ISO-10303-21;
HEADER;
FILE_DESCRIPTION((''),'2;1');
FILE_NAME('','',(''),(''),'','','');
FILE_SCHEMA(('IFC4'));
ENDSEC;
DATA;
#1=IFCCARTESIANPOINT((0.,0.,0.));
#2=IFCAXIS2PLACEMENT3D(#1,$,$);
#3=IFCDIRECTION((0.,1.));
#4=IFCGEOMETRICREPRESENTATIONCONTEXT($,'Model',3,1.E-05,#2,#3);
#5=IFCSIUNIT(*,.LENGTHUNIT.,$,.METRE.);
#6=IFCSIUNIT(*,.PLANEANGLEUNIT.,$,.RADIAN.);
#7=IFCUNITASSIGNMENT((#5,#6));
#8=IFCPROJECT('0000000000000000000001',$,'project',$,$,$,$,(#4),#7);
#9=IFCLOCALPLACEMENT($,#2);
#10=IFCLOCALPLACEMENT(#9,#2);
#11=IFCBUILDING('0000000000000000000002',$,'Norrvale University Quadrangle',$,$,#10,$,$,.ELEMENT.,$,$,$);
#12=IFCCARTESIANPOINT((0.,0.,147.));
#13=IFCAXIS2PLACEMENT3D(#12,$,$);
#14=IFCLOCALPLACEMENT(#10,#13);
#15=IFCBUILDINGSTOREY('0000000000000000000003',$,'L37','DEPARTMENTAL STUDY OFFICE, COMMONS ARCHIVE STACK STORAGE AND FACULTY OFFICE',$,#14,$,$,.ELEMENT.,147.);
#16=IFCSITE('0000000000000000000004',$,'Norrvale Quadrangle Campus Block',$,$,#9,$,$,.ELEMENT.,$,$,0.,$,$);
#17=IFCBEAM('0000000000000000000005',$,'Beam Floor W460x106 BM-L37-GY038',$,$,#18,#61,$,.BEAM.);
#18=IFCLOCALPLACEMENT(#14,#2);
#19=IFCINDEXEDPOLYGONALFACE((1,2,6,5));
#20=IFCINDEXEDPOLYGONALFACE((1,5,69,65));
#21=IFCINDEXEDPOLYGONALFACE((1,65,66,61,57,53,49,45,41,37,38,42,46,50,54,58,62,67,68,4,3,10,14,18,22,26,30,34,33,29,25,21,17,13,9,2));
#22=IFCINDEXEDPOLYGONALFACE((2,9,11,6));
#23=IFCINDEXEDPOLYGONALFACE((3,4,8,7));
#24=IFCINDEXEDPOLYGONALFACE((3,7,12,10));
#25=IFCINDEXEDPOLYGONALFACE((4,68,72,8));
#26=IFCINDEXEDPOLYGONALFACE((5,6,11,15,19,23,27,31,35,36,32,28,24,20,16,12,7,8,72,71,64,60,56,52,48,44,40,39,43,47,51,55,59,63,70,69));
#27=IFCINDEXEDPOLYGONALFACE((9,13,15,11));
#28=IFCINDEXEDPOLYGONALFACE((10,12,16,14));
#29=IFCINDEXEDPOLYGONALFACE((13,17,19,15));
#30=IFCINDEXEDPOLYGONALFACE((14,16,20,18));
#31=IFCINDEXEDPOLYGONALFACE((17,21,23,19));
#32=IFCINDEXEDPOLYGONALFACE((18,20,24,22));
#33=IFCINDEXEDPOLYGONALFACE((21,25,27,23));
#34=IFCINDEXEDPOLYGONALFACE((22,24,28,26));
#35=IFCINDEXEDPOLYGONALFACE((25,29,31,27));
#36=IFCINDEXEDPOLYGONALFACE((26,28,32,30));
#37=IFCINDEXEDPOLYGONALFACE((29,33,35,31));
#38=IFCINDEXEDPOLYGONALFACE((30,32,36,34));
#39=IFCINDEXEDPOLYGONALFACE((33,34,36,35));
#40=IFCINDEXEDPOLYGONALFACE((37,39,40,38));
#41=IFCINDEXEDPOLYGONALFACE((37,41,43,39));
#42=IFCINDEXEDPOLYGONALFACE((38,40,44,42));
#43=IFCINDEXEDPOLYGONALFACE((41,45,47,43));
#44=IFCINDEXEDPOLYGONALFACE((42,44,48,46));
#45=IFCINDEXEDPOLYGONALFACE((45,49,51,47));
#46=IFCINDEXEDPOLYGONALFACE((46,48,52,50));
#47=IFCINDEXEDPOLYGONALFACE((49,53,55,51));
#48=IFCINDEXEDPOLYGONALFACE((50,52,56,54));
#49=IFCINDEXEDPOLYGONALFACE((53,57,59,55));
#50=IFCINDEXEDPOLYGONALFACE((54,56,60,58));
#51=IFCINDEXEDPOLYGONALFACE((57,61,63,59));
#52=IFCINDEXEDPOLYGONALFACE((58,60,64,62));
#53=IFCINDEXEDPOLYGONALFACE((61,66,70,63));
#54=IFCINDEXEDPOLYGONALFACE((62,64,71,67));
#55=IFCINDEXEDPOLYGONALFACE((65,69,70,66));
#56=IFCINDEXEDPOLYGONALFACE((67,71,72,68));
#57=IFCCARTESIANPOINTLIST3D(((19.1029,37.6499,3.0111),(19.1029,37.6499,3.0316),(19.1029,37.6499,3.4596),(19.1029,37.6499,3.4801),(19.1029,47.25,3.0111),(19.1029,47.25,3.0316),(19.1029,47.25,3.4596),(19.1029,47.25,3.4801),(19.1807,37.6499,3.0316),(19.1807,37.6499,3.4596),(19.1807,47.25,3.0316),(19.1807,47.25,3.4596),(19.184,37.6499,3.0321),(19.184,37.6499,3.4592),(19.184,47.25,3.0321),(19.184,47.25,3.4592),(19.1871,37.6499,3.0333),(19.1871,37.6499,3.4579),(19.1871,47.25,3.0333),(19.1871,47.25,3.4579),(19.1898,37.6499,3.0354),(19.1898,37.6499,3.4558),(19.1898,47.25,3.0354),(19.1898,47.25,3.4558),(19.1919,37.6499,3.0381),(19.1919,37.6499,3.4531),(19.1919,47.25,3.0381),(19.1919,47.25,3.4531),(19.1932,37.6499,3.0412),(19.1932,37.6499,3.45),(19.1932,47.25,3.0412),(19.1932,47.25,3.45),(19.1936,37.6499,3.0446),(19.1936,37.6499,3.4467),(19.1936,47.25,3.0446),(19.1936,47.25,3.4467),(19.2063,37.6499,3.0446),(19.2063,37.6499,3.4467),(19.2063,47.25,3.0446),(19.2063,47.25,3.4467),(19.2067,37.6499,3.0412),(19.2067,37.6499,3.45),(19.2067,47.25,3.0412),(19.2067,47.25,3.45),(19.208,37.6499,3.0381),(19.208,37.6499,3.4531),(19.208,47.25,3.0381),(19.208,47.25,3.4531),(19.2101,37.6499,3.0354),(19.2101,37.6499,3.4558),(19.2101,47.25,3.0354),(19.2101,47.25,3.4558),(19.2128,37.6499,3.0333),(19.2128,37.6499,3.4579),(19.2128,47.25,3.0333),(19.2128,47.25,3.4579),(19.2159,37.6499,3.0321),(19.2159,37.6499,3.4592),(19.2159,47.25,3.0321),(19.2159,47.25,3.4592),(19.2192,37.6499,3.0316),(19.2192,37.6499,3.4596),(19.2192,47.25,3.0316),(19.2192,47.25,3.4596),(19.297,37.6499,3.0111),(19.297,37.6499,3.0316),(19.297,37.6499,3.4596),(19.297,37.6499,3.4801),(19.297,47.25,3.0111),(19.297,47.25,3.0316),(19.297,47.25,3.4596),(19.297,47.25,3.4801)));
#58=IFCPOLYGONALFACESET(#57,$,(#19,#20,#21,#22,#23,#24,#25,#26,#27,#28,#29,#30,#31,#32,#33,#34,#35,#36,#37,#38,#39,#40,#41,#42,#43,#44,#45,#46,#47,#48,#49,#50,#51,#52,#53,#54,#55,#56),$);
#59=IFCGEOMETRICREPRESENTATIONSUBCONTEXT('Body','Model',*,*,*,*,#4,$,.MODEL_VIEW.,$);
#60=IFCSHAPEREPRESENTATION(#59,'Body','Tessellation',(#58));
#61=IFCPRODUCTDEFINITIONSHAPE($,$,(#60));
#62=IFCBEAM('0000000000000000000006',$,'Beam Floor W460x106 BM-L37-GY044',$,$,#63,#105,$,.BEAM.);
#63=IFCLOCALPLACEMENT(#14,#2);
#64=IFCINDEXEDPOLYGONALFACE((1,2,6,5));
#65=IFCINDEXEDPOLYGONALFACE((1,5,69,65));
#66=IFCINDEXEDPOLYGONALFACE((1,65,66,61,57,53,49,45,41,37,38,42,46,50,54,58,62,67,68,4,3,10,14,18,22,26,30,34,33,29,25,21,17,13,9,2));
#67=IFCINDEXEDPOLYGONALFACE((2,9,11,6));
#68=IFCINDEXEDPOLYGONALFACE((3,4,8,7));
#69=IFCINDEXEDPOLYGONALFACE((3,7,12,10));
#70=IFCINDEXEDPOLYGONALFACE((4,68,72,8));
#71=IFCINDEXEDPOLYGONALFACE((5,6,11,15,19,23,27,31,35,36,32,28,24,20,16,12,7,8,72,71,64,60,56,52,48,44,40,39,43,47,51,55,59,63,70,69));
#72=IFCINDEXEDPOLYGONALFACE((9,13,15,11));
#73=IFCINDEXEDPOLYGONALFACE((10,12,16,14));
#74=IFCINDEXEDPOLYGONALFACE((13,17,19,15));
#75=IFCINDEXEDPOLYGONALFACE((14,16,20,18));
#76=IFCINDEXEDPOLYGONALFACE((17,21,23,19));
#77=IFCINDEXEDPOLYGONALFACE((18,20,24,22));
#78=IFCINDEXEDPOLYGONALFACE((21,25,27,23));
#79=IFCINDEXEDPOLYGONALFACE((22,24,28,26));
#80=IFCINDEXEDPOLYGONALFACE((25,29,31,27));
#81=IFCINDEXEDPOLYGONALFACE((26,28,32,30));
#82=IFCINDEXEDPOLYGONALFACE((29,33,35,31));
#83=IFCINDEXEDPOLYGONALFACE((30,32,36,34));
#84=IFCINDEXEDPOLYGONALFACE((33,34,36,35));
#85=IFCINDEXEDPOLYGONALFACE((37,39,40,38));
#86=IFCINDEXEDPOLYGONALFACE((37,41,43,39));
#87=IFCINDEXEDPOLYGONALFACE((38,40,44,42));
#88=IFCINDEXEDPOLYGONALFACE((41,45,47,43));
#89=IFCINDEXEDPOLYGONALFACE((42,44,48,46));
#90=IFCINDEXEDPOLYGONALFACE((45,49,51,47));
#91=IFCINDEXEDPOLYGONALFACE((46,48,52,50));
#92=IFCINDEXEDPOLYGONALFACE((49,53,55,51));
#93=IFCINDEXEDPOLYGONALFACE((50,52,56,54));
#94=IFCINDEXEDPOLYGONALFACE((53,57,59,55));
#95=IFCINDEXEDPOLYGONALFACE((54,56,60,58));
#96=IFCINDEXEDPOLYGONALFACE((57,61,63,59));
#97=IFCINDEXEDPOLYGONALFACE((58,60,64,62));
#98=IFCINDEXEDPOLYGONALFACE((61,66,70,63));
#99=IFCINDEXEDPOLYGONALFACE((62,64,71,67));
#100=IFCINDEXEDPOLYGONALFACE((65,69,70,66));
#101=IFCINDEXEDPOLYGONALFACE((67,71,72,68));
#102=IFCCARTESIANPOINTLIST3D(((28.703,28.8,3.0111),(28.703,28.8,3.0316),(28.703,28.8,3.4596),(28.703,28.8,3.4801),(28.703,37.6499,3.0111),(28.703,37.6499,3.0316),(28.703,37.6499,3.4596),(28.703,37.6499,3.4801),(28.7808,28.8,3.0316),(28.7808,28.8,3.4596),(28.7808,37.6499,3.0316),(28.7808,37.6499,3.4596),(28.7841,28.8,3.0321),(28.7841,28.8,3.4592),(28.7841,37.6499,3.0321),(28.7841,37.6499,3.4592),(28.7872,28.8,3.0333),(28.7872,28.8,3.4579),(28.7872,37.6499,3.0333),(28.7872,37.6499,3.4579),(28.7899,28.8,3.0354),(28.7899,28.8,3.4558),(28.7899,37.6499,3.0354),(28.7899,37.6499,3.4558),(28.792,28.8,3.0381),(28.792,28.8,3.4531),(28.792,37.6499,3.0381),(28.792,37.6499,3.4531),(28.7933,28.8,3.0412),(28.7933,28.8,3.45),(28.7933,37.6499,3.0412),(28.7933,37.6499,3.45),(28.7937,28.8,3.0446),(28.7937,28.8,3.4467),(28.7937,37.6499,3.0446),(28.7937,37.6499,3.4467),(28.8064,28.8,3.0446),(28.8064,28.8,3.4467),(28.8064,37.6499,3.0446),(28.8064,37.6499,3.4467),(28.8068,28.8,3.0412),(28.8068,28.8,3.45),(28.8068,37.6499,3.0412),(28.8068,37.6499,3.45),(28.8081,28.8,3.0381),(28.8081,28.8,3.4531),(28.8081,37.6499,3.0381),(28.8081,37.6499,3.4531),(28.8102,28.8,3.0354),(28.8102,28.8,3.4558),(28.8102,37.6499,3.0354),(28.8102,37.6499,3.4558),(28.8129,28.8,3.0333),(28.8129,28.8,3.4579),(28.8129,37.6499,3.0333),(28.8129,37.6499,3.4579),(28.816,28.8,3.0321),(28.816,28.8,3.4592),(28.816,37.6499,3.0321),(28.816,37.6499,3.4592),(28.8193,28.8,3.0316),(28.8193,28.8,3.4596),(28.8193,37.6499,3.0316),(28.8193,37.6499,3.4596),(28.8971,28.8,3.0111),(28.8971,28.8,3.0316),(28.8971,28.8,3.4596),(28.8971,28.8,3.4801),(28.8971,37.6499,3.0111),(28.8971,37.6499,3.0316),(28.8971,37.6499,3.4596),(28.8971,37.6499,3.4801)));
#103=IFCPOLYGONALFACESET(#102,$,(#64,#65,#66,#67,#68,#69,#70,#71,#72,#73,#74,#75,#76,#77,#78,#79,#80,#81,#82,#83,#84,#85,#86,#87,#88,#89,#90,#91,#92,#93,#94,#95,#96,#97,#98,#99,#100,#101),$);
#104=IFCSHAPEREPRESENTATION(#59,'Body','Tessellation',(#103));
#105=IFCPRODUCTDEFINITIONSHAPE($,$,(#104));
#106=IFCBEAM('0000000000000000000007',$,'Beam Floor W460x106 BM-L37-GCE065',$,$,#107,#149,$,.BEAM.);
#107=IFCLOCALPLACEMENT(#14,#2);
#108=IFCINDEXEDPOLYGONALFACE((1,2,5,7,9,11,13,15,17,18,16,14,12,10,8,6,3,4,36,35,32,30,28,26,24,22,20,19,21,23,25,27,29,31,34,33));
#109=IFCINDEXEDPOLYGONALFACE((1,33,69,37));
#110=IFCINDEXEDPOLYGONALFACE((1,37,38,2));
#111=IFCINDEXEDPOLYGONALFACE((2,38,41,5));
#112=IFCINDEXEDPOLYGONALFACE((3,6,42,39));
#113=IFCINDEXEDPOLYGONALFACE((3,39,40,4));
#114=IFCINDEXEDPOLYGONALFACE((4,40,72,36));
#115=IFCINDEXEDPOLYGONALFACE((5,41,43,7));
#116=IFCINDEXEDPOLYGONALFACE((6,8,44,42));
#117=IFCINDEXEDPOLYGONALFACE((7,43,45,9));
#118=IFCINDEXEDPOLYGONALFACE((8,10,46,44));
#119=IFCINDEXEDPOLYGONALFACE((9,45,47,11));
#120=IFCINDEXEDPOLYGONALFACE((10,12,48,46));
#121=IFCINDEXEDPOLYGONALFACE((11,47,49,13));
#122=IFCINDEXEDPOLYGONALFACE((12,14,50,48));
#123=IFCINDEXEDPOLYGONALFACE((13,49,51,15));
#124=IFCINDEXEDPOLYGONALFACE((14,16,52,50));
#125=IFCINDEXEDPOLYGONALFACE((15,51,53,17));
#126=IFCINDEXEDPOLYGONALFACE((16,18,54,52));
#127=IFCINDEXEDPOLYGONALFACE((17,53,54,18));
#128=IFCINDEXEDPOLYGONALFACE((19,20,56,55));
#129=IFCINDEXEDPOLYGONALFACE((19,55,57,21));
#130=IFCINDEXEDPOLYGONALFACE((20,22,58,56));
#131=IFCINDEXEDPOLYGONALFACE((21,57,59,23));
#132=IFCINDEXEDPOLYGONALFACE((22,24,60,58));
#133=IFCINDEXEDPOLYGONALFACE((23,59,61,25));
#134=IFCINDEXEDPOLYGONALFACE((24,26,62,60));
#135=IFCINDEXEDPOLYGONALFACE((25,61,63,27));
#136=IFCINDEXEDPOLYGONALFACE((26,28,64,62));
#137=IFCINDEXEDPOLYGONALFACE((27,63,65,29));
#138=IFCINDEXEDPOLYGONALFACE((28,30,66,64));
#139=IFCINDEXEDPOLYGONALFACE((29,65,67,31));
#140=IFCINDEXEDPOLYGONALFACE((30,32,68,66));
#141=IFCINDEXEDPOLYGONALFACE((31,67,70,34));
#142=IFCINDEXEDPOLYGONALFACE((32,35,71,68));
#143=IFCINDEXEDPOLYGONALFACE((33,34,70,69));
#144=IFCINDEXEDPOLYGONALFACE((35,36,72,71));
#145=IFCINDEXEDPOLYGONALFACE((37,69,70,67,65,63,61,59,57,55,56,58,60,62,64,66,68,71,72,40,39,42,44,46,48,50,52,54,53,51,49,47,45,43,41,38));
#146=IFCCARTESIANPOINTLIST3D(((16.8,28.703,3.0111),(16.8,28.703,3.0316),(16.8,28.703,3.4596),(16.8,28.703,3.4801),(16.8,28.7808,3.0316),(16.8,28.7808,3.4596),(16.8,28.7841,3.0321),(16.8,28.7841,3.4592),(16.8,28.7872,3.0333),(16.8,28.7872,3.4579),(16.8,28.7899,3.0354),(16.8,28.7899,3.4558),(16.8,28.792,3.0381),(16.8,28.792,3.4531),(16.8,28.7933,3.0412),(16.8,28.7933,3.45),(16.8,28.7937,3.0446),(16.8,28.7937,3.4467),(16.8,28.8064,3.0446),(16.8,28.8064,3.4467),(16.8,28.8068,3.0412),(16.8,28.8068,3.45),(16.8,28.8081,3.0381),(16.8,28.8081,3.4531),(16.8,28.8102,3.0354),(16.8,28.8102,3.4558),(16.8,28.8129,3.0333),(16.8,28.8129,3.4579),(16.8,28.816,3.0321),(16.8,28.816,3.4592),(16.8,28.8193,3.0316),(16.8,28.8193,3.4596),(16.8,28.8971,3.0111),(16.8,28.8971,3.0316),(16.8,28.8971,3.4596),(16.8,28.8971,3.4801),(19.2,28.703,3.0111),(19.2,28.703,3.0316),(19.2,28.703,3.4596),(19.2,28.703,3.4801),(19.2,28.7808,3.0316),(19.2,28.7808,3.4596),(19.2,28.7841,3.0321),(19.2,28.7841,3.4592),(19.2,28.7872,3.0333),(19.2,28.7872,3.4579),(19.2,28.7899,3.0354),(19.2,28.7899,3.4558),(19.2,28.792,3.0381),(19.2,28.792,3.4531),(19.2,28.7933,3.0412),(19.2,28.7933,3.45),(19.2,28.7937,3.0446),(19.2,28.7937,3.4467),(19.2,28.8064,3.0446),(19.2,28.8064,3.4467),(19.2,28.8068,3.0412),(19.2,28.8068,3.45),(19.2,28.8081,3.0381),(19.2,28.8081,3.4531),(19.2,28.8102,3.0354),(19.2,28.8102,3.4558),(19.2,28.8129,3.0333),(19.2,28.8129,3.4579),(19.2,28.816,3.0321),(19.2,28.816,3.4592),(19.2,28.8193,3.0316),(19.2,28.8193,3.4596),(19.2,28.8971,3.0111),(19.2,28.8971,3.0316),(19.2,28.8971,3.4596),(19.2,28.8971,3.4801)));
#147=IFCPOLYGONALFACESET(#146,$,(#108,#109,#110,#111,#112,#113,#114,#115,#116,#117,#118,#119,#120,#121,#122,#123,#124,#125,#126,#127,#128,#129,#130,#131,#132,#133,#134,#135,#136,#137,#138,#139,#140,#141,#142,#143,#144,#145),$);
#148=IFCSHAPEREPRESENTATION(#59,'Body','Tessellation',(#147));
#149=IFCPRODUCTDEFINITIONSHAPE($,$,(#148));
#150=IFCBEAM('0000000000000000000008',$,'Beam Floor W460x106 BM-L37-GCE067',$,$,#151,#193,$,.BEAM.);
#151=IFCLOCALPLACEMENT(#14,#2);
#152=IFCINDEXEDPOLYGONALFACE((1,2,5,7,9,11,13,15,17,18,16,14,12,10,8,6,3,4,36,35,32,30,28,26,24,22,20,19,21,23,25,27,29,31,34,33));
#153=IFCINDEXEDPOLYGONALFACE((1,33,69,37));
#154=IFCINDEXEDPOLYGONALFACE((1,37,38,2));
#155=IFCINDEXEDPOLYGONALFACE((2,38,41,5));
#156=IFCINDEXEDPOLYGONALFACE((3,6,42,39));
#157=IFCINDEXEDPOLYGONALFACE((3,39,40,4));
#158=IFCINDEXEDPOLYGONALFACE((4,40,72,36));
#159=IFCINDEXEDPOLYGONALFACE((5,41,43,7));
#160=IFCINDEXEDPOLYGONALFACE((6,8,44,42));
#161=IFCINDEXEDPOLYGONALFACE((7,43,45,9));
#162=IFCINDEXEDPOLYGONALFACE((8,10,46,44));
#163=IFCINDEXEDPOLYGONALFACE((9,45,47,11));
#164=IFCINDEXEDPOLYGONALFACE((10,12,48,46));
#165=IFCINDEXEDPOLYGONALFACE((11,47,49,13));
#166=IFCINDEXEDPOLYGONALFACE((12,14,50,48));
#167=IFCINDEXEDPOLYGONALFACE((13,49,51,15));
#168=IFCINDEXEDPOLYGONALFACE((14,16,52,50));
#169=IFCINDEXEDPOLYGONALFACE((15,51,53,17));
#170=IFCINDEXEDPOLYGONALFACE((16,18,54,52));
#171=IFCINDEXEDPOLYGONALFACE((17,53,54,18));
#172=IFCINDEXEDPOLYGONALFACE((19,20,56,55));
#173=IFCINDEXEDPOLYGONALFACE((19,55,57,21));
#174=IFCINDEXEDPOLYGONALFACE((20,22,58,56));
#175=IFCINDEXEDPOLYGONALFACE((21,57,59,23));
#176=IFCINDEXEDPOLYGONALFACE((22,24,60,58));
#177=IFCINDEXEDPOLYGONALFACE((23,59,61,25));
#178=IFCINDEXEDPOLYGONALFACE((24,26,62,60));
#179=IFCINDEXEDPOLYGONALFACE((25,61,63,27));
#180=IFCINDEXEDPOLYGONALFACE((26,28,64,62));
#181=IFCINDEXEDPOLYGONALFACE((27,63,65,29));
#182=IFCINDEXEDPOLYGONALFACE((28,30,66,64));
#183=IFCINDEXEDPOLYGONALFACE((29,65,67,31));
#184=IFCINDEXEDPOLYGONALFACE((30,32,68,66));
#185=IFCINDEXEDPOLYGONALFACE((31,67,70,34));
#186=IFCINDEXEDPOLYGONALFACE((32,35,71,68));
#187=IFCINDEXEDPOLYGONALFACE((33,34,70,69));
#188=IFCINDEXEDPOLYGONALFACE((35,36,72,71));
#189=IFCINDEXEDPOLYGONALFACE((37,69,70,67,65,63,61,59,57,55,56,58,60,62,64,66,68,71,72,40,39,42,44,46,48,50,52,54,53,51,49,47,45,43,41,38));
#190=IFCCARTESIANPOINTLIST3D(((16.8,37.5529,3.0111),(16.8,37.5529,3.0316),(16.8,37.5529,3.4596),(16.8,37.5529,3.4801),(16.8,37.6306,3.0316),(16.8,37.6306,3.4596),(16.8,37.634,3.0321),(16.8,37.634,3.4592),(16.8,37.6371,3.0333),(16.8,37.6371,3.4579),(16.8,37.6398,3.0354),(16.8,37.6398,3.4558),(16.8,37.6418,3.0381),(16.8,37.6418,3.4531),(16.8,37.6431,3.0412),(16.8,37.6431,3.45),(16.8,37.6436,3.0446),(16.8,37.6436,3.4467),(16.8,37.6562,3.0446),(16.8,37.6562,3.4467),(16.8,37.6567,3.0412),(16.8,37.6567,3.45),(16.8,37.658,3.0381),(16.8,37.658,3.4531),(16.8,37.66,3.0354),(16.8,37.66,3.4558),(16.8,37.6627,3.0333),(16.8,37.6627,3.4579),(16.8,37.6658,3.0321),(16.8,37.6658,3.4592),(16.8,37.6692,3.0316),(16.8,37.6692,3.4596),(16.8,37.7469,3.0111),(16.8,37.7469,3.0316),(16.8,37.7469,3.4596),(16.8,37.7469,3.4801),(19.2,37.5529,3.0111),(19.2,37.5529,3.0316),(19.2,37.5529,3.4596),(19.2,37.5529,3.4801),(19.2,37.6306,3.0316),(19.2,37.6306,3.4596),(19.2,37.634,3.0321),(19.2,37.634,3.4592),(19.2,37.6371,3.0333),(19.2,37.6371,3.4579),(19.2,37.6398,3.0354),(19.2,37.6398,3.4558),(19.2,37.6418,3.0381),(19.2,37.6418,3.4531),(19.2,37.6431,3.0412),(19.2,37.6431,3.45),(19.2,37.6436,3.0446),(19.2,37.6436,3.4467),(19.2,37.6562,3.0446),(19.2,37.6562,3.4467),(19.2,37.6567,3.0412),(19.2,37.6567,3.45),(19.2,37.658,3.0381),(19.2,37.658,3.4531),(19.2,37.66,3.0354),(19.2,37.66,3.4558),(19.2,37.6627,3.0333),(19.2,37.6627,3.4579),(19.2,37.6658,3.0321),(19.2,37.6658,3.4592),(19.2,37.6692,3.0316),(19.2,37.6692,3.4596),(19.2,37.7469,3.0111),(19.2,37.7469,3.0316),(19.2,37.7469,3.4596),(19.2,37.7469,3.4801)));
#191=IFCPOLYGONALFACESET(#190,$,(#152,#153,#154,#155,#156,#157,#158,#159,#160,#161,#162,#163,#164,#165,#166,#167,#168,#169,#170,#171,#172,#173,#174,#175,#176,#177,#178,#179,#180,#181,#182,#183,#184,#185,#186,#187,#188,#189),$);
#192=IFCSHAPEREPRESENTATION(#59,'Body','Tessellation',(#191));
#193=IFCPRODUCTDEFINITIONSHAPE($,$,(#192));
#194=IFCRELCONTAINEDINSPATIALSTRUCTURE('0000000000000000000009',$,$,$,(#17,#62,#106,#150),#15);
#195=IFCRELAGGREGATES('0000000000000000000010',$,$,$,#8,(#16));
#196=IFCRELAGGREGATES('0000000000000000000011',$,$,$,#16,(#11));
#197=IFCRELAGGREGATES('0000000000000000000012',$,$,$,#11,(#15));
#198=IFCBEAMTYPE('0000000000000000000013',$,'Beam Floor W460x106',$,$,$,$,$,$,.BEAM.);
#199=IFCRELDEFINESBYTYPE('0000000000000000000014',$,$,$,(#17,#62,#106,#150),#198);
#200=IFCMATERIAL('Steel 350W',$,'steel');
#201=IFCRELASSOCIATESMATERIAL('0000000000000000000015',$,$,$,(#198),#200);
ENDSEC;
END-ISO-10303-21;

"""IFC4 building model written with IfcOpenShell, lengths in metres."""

from ifc_helpers import new_model, si_unit, direction, frame, origin, origin_2d, place, context, subcontext, project, spatial, i_section, extrude, material, material_profile, profile_set, type_object, element, save


model = new_model("IFC4")

# Units and contexts
model_context = context("Model", 3, precision=1e-05, world=origin(), true_north=direction((0.0, 1.0)))
body_context = subcontext(model_context, "Body", "Model", "MODEL_VIEW")
ifc_project = project(units=[si_unit("LENGTHUNIT", "METRE"), si_unit("PLANEANGLEUNIT", "RADIAN")], contexts=[model_context])

# Site, building, storey
site_placement = place(None, origin())
site = spatial("IfcSite", under=ifc_project, at=site_placement, Name="Norrvale Quadrangle Campus Block", CompositionType="ELEMENT", RefElevation=0.0)
building_placement = place(site_placement, origin())
building = spatial("IfcBuilding", under=site, at=building_placement, Name="Norrvale University Quadrangle", CompositionType="ELEMENT")
storey_placement = place(building_placement, frame((0.0, 0.0, 147.0)))
storey = spatial("IfcBuildingStorey", under=building, at=storey_placement, Name="L37", Description="DEPARTMENTAL STUDY OFFICE, COMMONS ARCHIVE STACK STORAGE AND FACULTY OFFICE", CompositionType="ELEMENT", Elevation=147.0)

# Beams
ifc_material_1 = material(Name="Steel 350W", Category="steel")
ifc_material_profile_1 = material_profile(ifc_material_1, i_section(OverallWidth=0.1941, OverallDepth=0.469, WebThickness=0.0127, FlangeThickness=0.0205, FilletRadius=0.0129, at=origin_2d()), Name="Steel 350W")
ifc_profile_set_1 = profile_set([ifc_material_profile_1], Name="Steel 350W")
beam_type_1 = type_object("IfcBeamType", Name="Beam Floor W460x106", PredefinedType="BEAM", material=ifc_profile_set_1)
beam_1_placement = place(storey_placement, frame((19.2, 37.6499, 3.2456), z_axis=(0.0, 1.0, 0.0), x_axis=(-1.0, 0.0, 0.0)))
element("IfcBeam", 1, at=beam_1_placement, inside=storey, type_object=beam_type_1, Name="Beam Floor W460x106 BM-L37-GY038", PredefinedType="BEAM", context=body_context, shape_type="SweptSolid", body=[
    extrude(i_section(OverallWidth=0.1941, OverallDepth=0.469, WebThickness=0.0127, FlangeThickness=0.0205, FilletRadius=0.0129, at=origin_2d()), origin(), (0.0, 0.0, 1.0), 9.6001),
])
beam_2_placement = place(storey_placement, frame((28.8, 28.8, 3.2456), z_axis=(0.0, 1.0, 0.0), x_axis=(-1.0, 0.0, 0.0)))
element("IfcBeam", 2, at=beam_2_placement, inside=storey, type_object=beam_type_1, Name="Beam Floor W460x106 BM-L37-GY044", PredefinedType="BEAM", context=body_context, shape_type="SweptSolid", body=[
    extrude(i_section(OverallWidth=0.1941, OverallDepth=0.469, WebThickness=0.0127, FlangeThickness=0.0205, FilletRadius=0.0129, at=origin_2d()), origin(), (0.0, 0.0, 1.0), 8.8499),
])
for number, where, z_axis, x_axis, name in (
    (3, (16.8, 28.8, 3.2456), (1.0, 0.0, 0.0), (0.0, 1.0, 0.0), "Beam Floor W460x106 BM-L37-GCE065"),
    (4, (16.8, 37.6499, 3.2456), (1.0, 0.0, 0.0), (0.0, 1.0, 0.0), "Beam Floor W460x106 BM-L37-GCE067"),
):
    element("IfcBeam", number, at=place(storey_placement, frame(where, z_axis=z_axis, x_axis=x_axis)), inside=storey, type_object=beam_type_1, Name=name, PredefinedType="BEAM", context=body_context, shape_type="SweptSolid", body=[
        extrude(i_section(OverallWidth=0.1941, OverallDepth=0.469, WebThickness=0.0127, FlangeThickness=0.0205, FilletRadius=0.0129, at=origin_2d()), origin(), (0.0, 0.0, 1.0), 2.3999),
    ])

save(model, "model.ifc")
